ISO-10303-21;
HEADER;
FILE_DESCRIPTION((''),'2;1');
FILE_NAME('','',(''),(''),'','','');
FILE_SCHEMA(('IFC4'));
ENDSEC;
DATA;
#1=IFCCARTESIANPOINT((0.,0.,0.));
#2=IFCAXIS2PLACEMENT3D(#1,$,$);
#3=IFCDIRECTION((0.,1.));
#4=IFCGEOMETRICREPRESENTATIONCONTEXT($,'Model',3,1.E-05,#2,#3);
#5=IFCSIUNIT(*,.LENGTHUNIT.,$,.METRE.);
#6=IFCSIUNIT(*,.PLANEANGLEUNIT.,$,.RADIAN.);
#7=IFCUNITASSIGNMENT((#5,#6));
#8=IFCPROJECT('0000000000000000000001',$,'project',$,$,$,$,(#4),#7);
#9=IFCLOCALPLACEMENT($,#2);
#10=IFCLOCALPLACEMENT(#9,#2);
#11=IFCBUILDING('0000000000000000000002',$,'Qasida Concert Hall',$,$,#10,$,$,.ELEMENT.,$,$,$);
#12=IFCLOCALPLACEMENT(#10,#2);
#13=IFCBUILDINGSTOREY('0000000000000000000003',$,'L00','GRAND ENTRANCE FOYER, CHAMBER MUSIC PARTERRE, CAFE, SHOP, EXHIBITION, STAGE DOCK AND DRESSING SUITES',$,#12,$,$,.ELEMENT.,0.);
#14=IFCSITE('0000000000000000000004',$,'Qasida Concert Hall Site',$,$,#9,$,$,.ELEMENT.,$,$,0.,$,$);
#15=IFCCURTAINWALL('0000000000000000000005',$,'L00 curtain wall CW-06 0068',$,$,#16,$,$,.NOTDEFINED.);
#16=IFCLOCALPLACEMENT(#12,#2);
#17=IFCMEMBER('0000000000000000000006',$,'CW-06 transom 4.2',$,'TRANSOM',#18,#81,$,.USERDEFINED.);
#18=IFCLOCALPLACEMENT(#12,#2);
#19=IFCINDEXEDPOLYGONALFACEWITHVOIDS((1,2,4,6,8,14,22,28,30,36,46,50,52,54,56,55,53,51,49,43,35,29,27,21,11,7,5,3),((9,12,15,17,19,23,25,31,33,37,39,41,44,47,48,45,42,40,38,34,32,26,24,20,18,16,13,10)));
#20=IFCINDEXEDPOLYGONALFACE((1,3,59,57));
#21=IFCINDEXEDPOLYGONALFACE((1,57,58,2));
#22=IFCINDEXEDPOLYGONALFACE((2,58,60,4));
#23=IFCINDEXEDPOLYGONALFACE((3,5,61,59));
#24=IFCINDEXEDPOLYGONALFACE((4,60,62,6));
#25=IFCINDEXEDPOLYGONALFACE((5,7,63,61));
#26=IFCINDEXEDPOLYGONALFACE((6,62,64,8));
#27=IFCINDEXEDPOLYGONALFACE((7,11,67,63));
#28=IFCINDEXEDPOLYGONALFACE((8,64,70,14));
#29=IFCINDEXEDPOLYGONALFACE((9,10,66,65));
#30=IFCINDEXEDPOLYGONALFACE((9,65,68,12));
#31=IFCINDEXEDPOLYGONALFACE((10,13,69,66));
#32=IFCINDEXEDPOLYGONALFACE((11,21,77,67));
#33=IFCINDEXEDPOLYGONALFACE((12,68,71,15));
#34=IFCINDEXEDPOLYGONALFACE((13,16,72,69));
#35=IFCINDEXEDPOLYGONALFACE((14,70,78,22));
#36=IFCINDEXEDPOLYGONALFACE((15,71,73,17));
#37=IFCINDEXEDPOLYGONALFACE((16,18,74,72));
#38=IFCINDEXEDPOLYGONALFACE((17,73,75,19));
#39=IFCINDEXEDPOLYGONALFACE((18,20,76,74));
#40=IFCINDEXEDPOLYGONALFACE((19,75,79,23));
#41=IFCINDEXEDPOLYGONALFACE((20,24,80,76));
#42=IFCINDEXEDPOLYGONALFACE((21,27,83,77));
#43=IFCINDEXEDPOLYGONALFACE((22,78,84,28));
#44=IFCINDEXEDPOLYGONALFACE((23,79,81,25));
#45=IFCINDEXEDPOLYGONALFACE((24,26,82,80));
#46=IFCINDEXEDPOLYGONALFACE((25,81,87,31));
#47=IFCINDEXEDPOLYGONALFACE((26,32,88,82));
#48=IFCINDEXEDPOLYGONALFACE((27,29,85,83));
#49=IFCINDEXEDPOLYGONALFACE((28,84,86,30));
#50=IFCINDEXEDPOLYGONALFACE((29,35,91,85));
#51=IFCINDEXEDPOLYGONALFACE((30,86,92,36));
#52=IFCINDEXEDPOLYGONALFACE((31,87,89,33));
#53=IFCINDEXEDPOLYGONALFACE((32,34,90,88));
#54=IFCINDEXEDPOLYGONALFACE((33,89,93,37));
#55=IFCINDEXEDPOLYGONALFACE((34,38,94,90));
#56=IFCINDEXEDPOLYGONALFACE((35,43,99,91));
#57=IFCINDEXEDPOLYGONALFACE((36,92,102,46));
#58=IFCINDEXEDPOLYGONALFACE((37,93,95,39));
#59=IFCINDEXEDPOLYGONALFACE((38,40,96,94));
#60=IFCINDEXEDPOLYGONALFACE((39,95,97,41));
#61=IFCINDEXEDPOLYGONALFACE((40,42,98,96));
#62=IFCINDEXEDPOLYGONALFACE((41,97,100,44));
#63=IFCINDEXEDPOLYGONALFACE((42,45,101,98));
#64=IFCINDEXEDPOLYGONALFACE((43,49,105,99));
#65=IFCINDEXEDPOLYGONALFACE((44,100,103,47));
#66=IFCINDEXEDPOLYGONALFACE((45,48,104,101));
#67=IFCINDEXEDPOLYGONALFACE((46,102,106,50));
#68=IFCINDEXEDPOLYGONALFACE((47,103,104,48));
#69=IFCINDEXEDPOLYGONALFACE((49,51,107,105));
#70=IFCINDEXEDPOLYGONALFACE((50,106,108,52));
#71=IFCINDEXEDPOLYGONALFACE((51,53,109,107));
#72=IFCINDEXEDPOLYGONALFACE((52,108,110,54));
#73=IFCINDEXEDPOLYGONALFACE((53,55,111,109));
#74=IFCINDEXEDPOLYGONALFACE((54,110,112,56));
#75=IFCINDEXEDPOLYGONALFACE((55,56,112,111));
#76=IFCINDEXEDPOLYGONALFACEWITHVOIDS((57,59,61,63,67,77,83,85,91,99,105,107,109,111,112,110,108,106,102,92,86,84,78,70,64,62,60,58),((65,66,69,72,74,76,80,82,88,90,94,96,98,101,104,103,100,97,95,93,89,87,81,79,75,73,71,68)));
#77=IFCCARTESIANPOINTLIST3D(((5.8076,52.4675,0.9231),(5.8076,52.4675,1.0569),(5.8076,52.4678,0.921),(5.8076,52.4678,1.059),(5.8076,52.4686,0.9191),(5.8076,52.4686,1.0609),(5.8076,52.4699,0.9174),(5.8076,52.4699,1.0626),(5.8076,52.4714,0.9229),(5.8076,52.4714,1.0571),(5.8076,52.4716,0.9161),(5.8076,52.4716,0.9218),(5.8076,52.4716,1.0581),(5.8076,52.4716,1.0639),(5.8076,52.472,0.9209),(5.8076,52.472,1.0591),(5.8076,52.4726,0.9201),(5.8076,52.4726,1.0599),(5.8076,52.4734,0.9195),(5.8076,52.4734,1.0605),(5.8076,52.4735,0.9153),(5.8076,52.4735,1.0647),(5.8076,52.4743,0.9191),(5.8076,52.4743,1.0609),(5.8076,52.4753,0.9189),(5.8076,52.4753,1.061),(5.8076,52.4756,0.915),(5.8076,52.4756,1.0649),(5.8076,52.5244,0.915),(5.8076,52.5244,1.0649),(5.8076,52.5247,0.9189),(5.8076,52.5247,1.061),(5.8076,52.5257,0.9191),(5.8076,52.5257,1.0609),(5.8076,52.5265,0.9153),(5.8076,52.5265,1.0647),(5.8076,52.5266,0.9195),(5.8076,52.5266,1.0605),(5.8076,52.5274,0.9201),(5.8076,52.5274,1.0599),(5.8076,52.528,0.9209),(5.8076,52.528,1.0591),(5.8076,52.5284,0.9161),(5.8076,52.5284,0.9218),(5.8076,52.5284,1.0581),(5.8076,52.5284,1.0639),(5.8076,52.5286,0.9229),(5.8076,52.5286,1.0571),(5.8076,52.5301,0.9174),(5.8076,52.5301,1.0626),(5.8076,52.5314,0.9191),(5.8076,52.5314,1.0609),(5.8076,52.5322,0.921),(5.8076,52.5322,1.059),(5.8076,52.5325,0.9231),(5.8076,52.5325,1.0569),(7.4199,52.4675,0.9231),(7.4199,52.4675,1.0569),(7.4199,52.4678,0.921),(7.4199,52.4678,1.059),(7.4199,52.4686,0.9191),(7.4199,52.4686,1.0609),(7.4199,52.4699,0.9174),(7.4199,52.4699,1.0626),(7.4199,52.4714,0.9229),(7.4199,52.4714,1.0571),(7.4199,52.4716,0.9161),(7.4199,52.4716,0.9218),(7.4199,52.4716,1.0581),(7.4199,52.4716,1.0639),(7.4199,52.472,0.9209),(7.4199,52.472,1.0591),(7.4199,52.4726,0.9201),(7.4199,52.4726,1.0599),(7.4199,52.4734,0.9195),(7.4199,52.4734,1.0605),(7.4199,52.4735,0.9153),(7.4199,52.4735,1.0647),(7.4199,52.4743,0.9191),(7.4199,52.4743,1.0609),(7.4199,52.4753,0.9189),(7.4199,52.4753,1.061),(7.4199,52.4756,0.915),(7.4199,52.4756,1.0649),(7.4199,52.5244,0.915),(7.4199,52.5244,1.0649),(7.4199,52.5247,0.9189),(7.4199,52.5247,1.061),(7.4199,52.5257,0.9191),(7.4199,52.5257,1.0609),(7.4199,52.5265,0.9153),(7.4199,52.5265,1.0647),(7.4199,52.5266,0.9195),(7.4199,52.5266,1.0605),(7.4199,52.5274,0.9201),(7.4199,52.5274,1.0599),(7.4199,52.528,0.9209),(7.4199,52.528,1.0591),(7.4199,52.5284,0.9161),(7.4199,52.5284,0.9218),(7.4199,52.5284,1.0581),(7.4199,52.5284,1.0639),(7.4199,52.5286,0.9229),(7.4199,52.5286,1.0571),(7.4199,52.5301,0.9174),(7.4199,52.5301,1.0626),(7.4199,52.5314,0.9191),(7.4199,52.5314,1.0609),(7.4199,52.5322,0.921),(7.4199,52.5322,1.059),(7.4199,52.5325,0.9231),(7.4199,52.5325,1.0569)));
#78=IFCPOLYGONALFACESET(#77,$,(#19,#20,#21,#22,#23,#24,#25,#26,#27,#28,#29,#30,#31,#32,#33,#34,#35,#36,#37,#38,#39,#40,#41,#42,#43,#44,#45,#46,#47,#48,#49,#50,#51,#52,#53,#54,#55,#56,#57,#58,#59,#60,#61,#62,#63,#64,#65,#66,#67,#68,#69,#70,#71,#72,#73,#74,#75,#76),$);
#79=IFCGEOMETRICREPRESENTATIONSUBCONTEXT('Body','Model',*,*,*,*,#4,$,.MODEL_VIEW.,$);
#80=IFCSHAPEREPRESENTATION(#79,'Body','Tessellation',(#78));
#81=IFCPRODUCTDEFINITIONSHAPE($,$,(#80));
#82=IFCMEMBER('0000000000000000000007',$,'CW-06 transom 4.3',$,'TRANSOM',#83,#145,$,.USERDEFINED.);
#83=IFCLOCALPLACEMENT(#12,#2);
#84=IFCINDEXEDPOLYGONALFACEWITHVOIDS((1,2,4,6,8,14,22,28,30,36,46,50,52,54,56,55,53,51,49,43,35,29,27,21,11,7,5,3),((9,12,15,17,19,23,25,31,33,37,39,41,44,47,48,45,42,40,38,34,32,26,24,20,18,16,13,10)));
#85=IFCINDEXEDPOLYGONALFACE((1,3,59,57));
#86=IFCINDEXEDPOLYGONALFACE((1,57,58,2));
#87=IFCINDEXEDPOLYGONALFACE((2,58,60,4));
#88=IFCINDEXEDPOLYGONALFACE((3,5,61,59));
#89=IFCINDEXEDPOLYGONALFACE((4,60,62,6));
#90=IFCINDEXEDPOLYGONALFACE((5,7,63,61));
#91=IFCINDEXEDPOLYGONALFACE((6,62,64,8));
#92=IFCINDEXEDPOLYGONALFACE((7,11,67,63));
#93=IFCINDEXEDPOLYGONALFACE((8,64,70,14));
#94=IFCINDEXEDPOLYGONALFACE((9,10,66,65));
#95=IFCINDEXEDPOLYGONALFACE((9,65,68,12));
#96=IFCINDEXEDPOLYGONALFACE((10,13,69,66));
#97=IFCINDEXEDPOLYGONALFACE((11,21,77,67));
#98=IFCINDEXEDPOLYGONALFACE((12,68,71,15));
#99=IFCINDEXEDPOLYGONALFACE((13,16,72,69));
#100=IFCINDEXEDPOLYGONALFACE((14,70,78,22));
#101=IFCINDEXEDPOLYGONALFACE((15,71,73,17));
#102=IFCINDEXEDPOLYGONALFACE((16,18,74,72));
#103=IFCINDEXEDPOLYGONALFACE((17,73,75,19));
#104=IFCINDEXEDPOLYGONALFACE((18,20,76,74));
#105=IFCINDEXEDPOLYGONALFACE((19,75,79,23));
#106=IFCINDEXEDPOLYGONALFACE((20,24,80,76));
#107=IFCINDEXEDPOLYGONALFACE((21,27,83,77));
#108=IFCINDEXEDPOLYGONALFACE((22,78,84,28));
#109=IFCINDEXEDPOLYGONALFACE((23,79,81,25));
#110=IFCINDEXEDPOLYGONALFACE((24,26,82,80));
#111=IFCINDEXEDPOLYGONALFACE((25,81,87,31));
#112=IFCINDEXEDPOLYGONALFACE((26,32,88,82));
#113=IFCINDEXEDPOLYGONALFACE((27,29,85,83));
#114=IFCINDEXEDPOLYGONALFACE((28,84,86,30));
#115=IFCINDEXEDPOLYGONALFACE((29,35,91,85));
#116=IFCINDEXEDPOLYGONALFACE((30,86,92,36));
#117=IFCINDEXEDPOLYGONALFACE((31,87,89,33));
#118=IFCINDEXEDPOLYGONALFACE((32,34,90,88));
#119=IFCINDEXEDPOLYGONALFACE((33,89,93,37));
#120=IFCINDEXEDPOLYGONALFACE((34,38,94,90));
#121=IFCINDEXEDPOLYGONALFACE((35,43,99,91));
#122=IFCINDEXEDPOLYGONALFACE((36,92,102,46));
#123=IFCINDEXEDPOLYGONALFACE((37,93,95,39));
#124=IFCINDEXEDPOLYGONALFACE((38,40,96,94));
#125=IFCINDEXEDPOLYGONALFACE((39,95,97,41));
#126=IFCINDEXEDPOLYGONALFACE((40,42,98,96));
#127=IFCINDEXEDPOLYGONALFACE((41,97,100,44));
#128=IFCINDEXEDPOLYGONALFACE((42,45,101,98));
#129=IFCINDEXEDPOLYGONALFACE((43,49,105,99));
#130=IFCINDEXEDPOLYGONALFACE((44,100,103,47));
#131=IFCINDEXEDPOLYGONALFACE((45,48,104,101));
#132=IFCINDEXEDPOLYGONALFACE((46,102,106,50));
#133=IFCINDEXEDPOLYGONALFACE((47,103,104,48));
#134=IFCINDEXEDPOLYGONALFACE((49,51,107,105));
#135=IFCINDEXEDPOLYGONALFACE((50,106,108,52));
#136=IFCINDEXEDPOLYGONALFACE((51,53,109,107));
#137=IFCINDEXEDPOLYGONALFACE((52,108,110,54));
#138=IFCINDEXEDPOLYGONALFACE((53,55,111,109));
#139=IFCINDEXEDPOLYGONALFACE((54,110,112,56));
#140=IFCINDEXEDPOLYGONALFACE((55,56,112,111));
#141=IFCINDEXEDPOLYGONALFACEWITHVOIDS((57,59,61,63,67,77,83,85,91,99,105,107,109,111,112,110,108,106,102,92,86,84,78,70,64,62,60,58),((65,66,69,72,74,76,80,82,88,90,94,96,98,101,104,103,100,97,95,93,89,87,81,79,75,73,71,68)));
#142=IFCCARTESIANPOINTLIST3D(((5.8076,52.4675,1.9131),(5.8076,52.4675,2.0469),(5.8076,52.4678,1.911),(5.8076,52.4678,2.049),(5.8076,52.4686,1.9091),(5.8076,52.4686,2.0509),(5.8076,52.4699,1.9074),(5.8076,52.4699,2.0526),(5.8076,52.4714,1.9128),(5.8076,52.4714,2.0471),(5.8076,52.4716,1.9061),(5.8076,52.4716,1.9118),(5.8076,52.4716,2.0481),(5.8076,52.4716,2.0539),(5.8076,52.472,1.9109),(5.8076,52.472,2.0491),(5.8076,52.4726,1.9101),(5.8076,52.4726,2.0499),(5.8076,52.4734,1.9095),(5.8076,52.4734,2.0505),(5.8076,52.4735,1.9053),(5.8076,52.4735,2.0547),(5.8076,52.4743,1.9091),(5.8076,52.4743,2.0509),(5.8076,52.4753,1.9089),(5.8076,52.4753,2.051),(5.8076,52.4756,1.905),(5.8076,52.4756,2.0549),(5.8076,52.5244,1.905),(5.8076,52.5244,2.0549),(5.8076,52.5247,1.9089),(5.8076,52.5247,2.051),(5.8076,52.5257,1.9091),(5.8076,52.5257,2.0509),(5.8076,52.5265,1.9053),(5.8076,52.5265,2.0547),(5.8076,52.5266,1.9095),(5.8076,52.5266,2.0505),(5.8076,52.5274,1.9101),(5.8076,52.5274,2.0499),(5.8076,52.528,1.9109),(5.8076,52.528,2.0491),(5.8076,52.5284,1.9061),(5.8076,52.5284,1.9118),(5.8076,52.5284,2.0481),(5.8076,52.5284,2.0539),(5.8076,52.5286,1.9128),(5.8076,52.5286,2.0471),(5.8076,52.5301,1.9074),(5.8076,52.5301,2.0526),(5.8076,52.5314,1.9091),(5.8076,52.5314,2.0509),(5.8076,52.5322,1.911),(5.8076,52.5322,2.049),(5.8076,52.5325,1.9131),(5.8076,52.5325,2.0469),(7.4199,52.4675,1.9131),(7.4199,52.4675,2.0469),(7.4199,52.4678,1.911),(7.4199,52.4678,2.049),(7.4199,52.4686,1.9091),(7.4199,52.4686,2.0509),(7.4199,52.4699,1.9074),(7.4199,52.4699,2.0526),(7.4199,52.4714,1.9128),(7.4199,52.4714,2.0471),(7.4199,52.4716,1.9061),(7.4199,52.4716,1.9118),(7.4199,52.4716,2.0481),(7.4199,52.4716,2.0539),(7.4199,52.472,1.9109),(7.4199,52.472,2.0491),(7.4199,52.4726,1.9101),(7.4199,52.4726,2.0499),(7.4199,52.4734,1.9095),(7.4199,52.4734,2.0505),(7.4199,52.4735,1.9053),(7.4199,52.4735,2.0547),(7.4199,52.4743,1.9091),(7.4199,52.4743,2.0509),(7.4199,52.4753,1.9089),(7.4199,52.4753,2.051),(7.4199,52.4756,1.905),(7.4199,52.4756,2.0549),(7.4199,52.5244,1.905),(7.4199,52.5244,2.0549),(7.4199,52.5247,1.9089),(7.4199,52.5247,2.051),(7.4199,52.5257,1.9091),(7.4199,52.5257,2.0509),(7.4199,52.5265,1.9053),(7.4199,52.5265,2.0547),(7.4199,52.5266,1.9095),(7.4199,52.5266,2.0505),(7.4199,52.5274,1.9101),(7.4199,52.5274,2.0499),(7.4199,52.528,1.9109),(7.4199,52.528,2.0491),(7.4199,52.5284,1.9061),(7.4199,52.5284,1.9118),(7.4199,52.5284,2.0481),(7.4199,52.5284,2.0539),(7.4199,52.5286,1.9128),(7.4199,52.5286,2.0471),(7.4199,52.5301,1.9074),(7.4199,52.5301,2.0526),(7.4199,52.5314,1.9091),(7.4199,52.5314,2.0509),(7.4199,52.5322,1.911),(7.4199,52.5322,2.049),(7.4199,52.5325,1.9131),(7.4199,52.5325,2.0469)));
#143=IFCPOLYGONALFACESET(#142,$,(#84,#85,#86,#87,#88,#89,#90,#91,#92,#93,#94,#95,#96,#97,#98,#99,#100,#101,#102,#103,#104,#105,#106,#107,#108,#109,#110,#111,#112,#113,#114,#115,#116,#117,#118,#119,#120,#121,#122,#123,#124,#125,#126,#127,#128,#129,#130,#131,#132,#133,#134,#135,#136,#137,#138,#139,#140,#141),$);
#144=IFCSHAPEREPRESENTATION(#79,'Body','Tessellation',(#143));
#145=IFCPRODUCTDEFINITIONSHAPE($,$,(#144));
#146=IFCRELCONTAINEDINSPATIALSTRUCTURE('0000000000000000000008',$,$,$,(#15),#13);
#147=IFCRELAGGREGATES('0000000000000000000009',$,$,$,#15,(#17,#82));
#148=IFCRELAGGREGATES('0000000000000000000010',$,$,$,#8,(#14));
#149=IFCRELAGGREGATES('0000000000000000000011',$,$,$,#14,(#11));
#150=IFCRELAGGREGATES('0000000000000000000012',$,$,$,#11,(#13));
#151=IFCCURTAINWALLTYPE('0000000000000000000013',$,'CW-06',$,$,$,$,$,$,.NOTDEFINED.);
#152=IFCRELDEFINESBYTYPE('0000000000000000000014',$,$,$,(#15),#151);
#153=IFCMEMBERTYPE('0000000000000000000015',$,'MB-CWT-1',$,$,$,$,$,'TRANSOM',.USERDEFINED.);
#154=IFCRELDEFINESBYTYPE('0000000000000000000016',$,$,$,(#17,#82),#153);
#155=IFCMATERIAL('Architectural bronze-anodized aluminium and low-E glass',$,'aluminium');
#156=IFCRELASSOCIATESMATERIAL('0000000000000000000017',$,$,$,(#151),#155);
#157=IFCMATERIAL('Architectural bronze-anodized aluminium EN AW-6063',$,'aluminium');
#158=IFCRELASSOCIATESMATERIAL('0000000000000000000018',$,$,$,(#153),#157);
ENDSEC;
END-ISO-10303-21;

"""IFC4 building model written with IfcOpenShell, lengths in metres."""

from ifc_helpers import new_model, si_unit, direction, frame, origin, origin_2d, place, context, subcontext, project, spatial, hollow_rectangle, extrude, material, material_profile, profile_set, type_object, element, aggregate, save


model = new_model("IFC4")

# Units and contexts
model_context = context("Model", 3, precision=1e-05, world=origin(), true_north=direction((0.0, 1.0)))
body_context = subcontext(model_context, "Body", "Model", "MODEL_VIEW")
ifc_project = project(units=[si_unit("LENGTHUNIT", "METRE"), si_unit("PLANEANGLEUNIT", "RADIAN")], contexts=[model_context])

# Site, building, storey
site_placement = place(None, origin())
site = spatial("IfcSite", under=ifc_project, at=site_placement, Name="Qasida Concert Hall Site", CompositionType="ELEMENT", RefElevation=0.0)
building_placement = place(site_placement, origin())
building = spatial("IfcBuilding", under=site, at=building_placement, Name="Qasida Concert Hall", CompositionType="ELEMENT")
storey_placement = place(building_placement, origin())
storey = spatial("IfcBuildingStorey", under=building, at=storey_placement, Name="L00", Description="GRAND ENTRANCE FOYER, CHAMBER MUSIC PARTERRE, CAFE, SHOP, EXHIBITION, STAGE DOCK AND DRESSING SUITES", CompositionType="ELEMENT", Elevation=0.0)

# Curtain wall
ifc_material_1 = material(Name="Architectural bronze-anodized aluminium and low-E glass", Category="aluminium")
curtain_wall_type = type_object("IfcCurtainWallType", Name="CW-06", PredefinedType="NOTDEFINED", material=ifc_material_1)
curtain_wall_1_placement = place(storey_placement, origin())
curtain_wall_1 = element("IfcCurtainWall", 1, at=curtain_wall_1_placement, inside=storey, type_object=curtain_wall_type, Name="L00 curtain wall CW-06 0068", PredefinedType="NOTDEFINED")
ifc_material_2 = material(Name="Architectural bronze-anodized aluminium EN AW-6063", Category="aluminium")

# Members
ifc_material_profile_1 = material_profile(ifc_material_2, hollow_rectangle(XDim=0.0649, YDim=0.1499, WallThickness=0.0039, InnerFilletRadius=0.0039, OuterFilletRadius=0.0081, at=origin_2d()), Name="CWT 150x65x4")
ifc_profile_set_1 = profile_set([ifc_material_profile_1], Name="Architectural bronze-anodized aluminium EN AW-6063")
member_type_1 = type_object("IfcMemberType", Name="MB-CWT-1", ElementType="TRANSOM", PredefinedType="USERDEFINED", material=ifc_profile_set_1)
member_1_placement = place(storey_placement, frame((5.8076, 52.5, 0.99), z_axis=(1.0, 0.0, 0.0), x_axis=(0.0, 1.0, 0.0)))
member_1 = element("IfcMember", 2, at=member_1_placement, type_object=member_type_1, Name="CW-06 transom 4.2", ObjectType="TRANSOM", PredefinedType="USERDEFINED", context=body_context, shape_type="SweptSolid", body=[
    extrude(hollow_rectangle(XDim=0.0649, YDim=0.1499, WallThickness=0.0039, InnerFilletRadius=0.0039, OuterFilletRadius=0.0081, at=origin_2d()), origin(), (0.0, 0.0, 1.0), 1.6123),
])
member_2_placement = place(storey_placement, frame((5.8076, 52.5, 1.98), z_axis=(1.0, 0.0, 0.0), x_axis=(0.0, 1.0, 0.0)))
member_2 = element("IfcMember", 3, at=member_2_placement, type_object=member_type_1, Name="CW-06 transom 4.3", ObjectType="TRANSOM", PredefinedType="USERDEFINED", context=body_context, shape_type="SweptSolid", body=[
    extrude(hollow_rectangle(XDim=0.0649, YDim=0.1499, WallThickness=0.0039, InnerFilletRadius=0.0039, OuterFilletRadius=0.0081, at=origin_2d()), origin(), (0.0, 0.0, 1.0), 1.6123),
])

aggregate(curtain_wall_1, [member_1, member_2])

save(model, "model.ifc")
